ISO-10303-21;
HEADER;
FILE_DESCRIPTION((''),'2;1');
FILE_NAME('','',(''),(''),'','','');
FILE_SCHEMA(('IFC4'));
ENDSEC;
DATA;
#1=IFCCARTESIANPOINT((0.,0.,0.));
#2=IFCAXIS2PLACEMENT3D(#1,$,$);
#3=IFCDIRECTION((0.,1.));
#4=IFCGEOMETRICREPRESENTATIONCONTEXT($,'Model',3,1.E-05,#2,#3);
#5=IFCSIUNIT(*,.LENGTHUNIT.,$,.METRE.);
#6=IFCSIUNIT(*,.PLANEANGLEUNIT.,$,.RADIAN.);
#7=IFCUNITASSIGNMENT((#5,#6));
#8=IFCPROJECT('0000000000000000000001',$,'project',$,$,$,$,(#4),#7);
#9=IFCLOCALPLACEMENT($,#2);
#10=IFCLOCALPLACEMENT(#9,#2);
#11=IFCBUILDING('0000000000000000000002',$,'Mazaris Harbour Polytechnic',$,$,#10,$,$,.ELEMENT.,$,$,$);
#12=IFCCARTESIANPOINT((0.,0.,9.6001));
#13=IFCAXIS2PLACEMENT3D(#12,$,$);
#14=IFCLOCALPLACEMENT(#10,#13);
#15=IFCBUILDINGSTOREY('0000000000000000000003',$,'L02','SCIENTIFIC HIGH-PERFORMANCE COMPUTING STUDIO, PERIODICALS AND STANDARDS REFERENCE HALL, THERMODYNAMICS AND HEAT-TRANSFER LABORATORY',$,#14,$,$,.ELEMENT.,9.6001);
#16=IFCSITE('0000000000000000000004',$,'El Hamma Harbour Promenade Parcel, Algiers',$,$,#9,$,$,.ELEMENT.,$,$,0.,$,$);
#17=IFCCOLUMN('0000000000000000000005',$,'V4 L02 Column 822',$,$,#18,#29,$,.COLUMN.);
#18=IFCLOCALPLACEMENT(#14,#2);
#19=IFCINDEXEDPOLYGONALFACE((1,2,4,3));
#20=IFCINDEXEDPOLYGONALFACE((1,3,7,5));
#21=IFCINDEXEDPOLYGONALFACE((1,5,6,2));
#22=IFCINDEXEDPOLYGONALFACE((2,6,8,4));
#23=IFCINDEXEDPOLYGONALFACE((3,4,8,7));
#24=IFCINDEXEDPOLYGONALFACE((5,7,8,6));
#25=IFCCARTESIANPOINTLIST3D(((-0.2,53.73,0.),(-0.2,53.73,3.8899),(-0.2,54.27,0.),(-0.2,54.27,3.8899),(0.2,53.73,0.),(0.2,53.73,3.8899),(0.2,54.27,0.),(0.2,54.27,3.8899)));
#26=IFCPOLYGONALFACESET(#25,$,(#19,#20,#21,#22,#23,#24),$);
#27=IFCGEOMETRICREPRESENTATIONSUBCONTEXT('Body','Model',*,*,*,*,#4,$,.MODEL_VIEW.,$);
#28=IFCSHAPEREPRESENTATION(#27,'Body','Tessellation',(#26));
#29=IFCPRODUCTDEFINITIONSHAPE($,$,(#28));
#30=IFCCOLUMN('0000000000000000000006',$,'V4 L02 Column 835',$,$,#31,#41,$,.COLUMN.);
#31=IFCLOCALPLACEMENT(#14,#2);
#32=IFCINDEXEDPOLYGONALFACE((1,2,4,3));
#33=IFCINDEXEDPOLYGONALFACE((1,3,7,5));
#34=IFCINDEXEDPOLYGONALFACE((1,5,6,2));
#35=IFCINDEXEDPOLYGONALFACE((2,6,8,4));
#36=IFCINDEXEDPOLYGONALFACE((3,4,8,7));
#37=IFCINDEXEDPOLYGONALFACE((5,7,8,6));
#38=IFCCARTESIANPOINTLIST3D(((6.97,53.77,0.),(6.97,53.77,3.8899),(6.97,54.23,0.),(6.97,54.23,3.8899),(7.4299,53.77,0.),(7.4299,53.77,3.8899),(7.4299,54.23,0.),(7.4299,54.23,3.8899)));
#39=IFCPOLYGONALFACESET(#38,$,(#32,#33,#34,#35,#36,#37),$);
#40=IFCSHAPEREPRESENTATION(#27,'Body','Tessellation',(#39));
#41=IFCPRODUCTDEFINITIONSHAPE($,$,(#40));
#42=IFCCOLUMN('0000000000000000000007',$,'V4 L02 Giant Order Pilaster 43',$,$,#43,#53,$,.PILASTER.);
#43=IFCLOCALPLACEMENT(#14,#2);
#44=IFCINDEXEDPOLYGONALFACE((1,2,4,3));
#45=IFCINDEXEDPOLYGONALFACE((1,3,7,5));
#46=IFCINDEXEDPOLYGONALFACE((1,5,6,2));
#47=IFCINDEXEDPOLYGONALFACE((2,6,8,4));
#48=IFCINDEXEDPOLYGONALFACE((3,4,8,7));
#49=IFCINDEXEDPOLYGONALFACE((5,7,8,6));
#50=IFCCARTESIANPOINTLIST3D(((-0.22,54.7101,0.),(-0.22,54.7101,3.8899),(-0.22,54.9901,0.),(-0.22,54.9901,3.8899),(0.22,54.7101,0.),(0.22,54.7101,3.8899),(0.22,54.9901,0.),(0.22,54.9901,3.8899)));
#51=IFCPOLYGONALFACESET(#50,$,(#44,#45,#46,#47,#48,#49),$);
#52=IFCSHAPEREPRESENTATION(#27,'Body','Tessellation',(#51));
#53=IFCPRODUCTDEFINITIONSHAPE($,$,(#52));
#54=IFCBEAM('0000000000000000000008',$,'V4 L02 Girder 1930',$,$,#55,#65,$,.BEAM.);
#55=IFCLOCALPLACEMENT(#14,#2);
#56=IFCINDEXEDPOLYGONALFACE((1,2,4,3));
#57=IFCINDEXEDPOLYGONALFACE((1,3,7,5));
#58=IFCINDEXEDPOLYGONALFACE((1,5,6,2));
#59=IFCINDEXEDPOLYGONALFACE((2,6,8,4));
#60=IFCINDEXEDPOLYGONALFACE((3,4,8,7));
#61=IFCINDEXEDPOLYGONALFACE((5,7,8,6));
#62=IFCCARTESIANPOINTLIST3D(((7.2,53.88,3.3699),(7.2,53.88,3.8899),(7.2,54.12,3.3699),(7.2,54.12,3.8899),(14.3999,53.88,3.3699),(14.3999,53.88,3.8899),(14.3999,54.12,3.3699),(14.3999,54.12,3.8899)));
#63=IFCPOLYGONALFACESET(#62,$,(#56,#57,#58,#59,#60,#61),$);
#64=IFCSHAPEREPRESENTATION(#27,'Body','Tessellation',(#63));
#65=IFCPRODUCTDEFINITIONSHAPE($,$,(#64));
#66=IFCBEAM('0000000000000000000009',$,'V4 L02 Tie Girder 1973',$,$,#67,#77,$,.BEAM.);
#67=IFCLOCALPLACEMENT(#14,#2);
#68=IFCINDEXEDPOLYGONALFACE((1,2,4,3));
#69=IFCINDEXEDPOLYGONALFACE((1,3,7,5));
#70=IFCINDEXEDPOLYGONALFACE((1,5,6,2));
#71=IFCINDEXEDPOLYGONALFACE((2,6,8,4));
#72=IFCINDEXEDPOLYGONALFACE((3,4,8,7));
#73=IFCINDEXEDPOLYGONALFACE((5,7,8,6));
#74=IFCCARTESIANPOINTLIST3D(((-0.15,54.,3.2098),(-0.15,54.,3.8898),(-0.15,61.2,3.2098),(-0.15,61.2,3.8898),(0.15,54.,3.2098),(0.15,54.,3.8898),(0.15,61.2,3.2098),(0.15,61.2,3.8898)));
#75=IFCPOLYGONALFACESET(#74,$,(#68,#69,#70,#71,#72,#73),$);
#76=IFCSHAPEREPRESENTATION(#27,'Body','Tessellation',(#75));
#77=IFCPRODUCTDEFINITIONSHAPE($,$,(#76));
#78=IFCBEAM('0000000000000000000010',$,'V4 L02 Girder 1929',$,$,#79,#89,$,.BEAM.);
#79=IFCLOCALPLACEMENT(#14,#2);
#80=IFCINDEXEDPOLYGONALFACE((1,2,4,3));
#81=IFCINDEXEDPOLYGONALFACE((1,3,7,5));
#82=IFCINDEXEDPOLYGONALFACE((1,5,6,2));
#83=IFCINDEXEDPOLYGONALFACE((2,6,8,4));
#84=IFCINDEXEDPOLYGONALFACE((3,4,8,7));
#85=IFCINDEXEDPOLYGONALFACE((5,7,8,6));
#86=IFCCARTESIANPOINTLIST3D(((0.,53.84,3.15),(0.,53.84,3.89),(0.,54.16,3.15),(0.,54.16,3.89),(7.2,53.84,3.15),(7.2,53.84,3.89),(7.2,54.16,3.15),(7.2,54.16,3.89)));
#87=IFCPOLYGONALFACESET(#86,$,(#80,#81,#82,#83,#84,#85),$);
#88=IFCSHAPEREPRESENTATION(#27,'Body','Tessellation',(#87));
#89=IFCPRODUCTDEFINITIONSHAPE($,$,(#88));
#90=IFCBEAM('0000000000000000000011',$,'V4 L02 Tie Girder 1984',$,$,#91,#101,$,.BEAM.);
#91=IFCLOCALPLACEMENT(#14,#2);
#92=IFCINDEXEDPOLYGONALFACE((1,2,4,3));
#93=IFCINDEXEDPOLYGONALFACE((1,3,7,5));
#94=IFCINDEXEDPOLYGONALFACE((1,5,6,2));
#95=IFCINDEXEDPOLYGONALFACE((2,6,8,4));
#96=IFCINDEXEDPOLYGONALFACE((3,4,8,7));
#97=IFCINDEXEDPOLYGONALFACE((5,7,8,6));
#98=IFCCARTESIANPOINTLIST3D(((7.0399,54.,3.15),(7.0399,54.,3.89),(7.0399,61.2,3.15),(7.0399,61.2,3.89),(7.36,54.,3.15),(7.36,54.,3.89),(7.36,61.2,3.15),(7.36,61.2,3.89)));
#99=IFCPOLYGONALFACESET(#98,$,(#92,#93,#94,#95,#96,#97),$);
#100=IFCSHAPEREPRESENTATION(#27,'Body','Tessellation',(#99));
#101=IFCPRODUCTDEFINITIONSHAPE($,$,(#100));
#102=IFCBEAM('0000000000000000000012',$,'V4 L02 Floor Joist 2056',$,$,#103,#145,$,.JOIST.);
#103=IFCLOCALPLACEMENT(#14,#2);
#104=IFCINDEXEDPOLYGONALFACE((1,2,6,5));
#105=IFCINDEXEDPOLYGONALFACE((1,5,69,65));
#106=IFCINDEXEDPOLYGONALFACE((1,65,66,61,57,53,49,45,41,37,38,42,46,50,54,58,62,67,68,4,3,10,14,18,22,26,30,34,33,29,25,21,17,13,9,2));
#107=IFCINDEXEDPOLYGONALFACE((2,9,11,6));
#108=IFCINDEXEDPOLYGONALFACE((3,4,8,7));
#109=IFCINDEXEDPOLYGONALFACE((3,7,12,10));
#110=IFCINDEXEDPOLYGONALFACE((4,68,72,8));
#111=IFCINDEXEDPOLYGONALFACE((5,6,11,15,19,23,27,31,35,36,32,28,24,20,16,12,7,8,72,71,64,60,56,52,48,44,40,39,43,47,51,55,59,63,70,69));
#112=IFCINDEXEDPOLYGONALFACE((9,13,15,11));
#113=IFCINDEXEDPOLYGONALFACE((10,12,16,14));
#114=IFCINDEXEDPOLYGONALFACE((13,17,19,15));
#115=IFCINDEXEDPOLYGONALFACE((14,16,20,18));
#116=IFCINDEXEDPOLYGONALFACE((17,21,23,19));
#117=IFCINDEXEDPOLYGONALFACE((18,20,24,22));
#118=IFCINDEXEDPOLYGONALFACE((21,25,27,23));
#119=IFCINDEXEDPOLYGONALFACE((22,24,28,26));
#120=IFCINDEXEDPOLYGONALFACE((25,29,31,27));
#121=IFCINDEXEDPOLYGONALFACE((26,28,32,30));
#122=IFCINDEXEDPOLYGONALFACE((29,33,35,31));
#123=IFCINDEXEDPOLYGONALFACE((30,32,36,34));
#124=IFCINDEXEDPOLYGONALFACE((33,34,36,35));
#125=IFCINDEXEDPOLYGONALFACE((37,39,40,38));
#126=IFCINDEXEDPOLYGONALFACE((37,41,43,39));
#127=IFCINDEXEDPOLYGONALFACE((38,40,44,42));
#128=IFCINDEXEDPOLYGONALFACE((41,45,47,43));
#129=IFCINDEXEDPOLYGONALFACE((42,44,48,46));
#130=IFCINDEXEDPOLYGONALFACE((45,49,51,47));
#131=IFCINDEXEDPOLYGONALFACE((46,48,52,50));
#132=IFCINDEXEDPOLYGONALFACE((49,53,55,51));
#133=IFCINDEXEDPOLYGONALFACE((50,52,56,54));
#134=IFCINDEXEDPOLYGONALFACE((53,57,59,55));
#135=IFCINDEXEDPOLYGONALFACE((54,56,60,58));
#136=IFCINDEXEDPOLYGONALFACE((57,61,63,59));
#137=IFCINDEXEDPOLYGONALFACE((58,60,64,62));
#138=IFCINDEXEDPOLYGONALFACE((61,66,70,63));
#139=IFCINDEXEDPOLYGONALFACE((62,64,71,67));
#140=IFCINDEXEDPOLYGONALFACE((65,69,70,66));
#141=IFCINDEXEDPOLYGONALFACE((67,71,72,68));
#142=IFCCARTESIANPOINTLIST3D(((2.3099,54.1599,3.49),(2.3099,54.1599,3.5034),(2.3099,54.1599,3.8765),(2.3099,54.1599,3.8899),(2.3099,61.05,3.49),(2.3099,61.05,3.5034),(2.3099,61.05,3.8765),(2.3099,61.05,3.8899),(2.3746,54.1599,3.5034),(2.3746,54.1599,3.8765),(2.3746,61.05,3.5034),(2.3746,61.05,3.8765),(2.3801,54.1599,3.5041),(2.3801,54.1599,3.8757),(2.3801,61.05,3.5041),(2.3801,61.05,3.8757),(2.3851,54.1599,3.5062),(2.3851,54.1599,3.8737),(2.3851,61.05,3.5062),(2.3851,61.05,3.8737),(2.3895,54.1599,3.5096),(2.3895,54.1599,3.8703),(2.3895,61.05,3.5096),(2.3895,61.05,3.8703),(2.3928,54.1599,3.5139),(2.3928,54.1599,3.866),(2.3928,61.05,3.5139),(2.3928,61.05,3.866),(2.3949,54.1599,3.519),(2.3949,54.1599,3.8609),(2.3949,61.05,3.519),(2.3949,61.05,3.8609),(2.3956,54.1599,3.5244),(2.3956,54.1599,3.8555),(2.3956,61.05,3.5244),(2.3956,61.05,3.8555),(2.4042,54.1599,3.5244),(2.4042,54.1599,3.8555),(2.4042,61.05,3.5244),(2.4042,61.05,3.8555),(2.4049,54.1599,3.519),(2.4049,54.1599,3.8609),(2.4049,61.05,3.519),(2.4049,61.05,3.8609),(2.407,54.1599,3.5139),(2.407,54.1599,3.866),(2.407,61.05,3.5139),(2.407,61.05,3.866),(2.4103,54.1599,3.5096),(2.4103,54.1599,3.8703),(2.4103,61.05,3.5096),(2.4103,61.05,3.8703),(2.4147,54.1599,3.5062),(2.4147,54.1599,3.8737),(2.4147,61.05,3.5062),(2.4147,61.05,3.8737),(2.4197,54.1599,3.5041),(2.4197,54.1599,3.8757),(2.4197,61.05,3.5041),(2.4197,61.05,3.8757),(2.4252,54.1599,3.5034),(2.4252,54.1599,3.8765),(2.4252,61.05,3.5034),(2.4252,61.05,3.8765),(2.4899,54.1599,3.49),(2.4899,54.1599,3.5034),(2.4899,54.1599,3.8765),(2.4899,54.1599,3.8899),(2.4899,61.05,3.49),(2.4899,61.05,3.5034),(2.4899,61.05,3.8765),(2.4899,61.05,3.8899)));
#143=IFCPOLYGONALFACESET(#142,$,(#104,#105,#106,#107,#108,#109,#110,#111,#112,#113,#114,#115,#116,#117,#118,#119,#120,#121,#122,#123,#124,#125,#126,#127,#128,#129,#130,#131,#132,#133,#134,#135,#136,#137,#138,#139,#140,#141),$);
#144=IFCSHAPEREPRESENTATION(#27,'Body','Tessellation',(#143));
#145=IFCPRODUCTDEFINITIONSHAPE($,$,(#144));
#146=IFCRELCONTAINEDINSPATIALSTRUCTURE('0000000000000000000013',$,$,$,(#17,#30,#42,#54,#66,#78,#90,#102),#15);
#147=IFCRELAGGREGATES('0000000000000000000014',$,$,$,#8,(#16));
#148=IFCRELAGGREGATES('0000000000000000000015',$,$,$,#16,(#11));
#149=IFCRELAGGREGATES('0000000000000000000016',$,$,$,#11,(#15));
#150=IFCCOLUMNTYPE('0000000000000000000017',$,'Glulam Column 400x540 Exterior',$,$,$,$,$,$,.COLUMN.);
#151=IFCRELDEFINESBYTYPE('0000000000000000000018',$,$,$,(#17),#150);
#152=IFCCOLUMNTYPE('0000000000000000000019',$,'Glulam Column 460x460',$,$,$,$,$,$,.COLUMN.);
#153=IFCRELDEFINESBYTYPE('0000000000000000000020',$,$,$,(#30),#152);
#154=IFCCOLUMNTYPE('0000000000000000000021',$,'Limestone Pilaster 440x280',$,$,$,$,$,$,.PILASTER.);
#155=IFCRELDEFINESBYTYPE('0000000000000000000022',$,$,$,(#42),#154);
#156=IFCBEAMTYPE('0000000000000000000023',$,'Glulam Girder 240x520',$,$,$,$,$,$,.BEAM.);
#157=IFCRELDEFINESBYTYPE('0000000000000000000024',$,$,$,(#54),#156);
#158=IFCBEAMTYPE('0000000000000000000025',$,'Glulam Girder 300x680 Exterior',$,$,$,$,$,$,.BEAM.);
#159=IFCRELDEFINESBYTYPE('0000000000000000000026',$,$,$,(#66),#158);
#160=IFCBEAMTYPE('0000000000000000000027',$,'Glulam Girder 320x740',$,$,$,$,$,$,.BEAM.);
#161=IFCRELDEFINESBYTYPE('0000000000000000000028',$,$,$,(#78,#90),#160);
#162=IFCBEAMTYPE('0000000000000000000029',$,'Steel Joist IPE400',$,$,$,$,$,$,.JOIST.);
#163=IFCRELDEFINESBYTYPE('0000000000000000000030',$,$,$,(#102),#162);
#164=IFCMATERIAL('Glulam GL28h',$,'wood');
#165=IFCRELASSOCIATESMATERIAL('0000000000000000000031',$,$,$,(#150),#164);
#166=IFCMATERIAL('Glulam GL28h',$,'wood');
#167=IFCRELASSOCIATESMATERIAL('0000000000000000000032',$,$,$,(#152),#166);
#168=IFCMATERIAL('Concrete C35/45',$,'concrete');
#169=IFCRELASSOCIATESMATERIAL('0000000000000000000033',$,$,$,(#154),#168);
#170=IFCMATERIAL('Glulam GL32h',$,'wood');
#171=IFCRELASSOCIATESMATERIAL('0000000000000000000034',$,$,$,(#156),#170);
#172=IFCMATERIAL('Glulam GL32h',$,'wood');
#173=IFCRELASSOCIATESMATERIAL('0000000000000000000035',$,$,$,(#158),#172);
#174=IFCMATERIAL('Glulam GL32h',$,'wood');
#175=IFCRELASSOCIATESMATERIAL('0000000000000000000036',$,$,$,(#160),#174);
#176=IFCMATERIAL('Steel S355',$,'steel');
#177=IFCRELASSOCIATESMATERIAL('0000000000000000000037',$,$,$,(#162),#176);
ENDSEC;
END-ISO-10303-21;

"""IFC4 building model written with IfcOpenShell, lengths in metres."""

from ifc_helpers import new_model, si_unit, direction, frame, origin, origin_2d, place, context, subcontext, project, spatial, rectangle, i_section, extrude, material, material_profile, profile_set, type_object, element, save


model = new_model("IFC4")

# Units and contexts
model_context = context("Model", 3, precision=1e-05, world=origin(), true_north=direction((0.0, 1.0)))
body_context = subcontext(model_context, "Body", "Model", "MODEL_VIEW")
ifc_project = project(units=[si_unit("LENGTHUNIT", "METRE"), si_unit("PLANEANGLEUNIT", "RADIAN")], contexts=[model_context])

# Site, building, storey
site_placement = place(None, origin())
site = spatial("IfcSite", under=ifc_project, at=site_placement, Name="El Hamma Harbour Promenade Parcel, Algiers", CompositionType="ELEMENT", RefElevation=0.0)
building_placement = place(site_placement, origin())
building = spatial("IfcBuilding", under=site, at=building_placement, Name="Mazaris Harbour Polytechnic", CompositionType="ELEMENT")
storey_placement = place(building_placement, frame((0.0, 0.0, 9.6001)))
storey = spatial("IfcBuildingStorey", under=building, at=storey_placement, Name="L02", Description="SCIENTIFIC HIGH-PERFORMANCE COMPUTING STUDIO, PERIODICALS AND STANDARDS REFERENCE HALL, THERMODYNAMICS AND HEAT-TRANSFER LABORATORY", CompositionType="ELEMENT", Elevation=9.6001)

# Columns
ifc_material_1 = material(Name="Glulam GL28h", Category="wood")
ifc_material_profile_1 = material_profile(ifc_material_1, rectangle(XDim=0.3999, YDim=0.54, at=origin_2d()), Name="RECT400x540")
ifc_profile_set_1 = profile_set([ifc_material_profile_1], Name="Glulam GL28h")
column_type_1 = type_object("IfcColumnType", Name="Glulam Column 400x540 Exterior", PredefinedType="COLUMN", material=ifc_profile_set_1)
column_1_placement = place(storey_placement, frame((0.0, 54.0, 0.0), z_axis=(0.0, 0.0, 1.0), x_axis=(1.0, 0.0, 0.0)))
element("IfcColumn", 1, at=column_1_placement, inside=storey, type_object=column_type_1, Name="V4 L02 Column 822", PredefinedType="COLUMN", context=body_context, shape_type="SweptSolid", body=[
    extrude(rectangle(XDim=0.3999, YDim=0.54, at=origin_2d()), origin(), (0.0, 0.0, 1.0), 3.8899),
])
ifc_material_2 = material(Name="Glulam GL28h", Category="wood")
ifc_material_profile_2 = material_profile(ifc_material_2, rectangle(XDim=0.46, YDim=0.46, at=origin_2d()), Name="RECT460x460")
ifc_profile_set_2 = profile_set([ifc_material_profile_2], Name="Glulam GL28h")
column_type_2 = type_object("IfcColumnType", Name="Glulam Column 460x460", PredefinedType="COLUMN", material=ifc_profile_set_2)
column_2_placement = place(storey_placement, frame((7.2, 54.0, 0.0), z_axis=(0.0, 0.0, 1.0), x_axis=(1.0, 0.0, 0.0)))
element("IfcColumn", 2, at=column_2_placement, inside=storey, type_object=column_type_2, Name="V4 L02 Column 835", PredefinedType="COLUMN", context=body_context, shape_type="SweptSolid", body=[
    extrude(rectangle(XDim=0.46, YDim=0.46, at=origin_2d()), origin(), (0.0, 0.0, 1.0), 3.8899),
])
ifc_material_3 = material(Name="Concrete C35/45", Category="concrete")
ifc_material_profile_3 = material_profile(ifc_material_3, rectangle(XDim=0.4399, YDim=0.28, at=origin_2d()), Name="RECT440x280")
ifc_profile_set_3 = profile_set([ifc_material_profile_3], Name="Concrete C35/45")
column_type_3 = type_object("IfcColumnType", Name="Limestone Pilaster 440x280", PredefinedType="PILASTER", material=ifc_profile_set_3)
column_3_placement = place(storey_placement, frame((0.0, 54.8501, 0.0), z_axis=(0.0, 0.0, 1.0), x_axis=(1.0, 0.0, 0.0)))
element("IfcColumn", 3, at=column_3_placement, inside=storey, type_object=column_type_3, Name="V4 L02 Giant Order Pilaster 43", PredefinedType="PILASTER", context=body_context, shape_type="SweptSolid", body=[
    extrude(rectangle(XDim=0.4399, YDim=0.28, at=origin_2d()), origin(), (0.0, 0.0, 1.0), 3.8899),
])

# Beams
ifc_material_4 = material(Name="Glulam GL32h", Category="wood")
ifc_material_profile_4 = material_profile(ifc_material_4, rectangle(XDim=0.24, YDim=0.52, at=origin_2d()), Name="RECT240x520")
ifc_profile_set_4 = profile_set([ifc_material_profile_4], Name="Glulam GL32h")
beam_type_1 = type_object("IfcBeamType", Name="Glulam Girder 240x520", PredefinedType="BEAM", material=ifc_profile_set_4)
beam_1_placement = place(storey_placement, frame((7.2, 54.0, 3.6299), z_axis=(1.0, 0.0, 0.0), x_axis=(0.0, 1.0, 0.0)))
element("IfcBeam", 4, at=beam_1_placement, inside=storey, type_object=beam_type_1, Name="V4 L02 Girder 1930", PredefinedType="BEAM", context=body_context, shape_type="SweptSolid", body=[
    extrude(rectangle(XDim=0.24, YDim=0.52, at=origin_2d()), origin(), (0.0, 0.0, 1.0), 7.2),
])
ifc_material_5 = material(Name="Glulam GL32h", Category="wood")
ifc_material_profile_5 = material_profile(ifc_material_5, rectangle(XDim=0.3, YDim=0.6799, at=origin_2d()), Name="RECT300x680")
ifc_profile_set_5 = profile_set([ifc_material_profile_5], Name="Glulam GL32h")
beam_type_2 = type_object("IfcBeamType", Name="Glulam Girder 300x680 Exterior", PredefinedType="BEAM", material=ifc_profile_set_5)
beam_2_placement = place(storey_placement, frame((0.0, 54.0, 3.5498), z_axis=(0.0, 1.0, 0.0), x_axis=(-1.0, 0.0, 0.0)))
element("IfcBeam", 5, at=beam_2_placement, inside=storey, type_object=beam_type_2, Name="V4 L02 Tie Girder 1973", PredefinedType="BEAM", context=body_context, shape_type="SweptSolid", body=[
    extrude(rectangle(XDim=0.3, YDim=0.6799, at=origin_2d()), origin(), (0.0, 0.0, 1.0), 7.2),
])
ifc_material_6 = material(Name="Glulam GL32h", Category="wood")
ifc_material_profile_6 = material_profile(ifc_material_6, rectangle(XDim=0.3201, YDim=0.74, at=origin_2d()), Name="RECT320x740")
ifc_profile_set_6 = profile_set([ifc_material_profile_6], Name="Glulam GL32h")
beam_type_3 = type_object("IfcBeamType", Name="Glulam Girder 320x740", PredefinedType="BEAM", material=ifc_profile_set_6)
for number, where, z_axis, x_axis, name in (
    (6, (0.0, 54.0, 3.52), (1.0, 0.0, 0.0), (0.0, 1.0, 0.0), "V4 L02 Girder 1929"),
    (7, (7.2, 54.0, 3.52), (0.0, 1.0, 0.0), (-1.0, 0.0, 0.0), "V4 L02 Tie Girder 1984"),
):
    element("IfcBeam", number, at=place(storey_placement, frame(where, z_axis=z_axis, x_axis=x_axis)), inside=storey, type_object=beam_type_3, Name=name, PredefinedType="BEAM", context=body_context, shape_type="SweptSolid", body=[
        extrude(rectangle(XDim=0.3201, YDim=0.74, at=origin_2d()), origin(), (0.0, 0.0, 1.0), 7.2),
    ])
ifc_material_7 = material(Name="Steel S355", Category="steel")
ifc_material_profile_7 = material_profile(ifc_material_7, i_section(OverallWidth=0.1799, OverallDepth=0.3999, WebThickness=0.0085, FlangeThickness=0.0134, FilletRadius=0.021, at=origin_2d()), Name="IPE 400")
ifc_profile_set_7 = profile_set([ifc_material_profile_7], Name="Steel S355")
beam_type_4 = type_object("IfcBeamType", Name="Steel Joist IPE400", PredefinedType="JOIST", material=ifc_profile_set_7)
beam_3_placement = place(storey_placement, frame((2.3999, 54.1599, 3.6899), z_axis=(0.0, 1.0, 0.0), x_axis=(-1.0, 0.0, 0.0)))
element("IfcBeam", 8, at=beam_3_placement, inside=storey, type_object=beam_type_4, Name="V4 L02 Floor Joist 2056", PredefinedType="JOIST", context=body_context, shape_type="SweptSolid", body=[
    extrude(i_section(OverallWidth=0.1799, OverallDepth=0.3999, WebThickness=0.0085, FlangeThickness=0.0134, FilletRadius=0.021, at=origin_2d()), origin(), (0.0, 0.0, 1.0), 6.8901),
])

save(model, "model.ifc")
